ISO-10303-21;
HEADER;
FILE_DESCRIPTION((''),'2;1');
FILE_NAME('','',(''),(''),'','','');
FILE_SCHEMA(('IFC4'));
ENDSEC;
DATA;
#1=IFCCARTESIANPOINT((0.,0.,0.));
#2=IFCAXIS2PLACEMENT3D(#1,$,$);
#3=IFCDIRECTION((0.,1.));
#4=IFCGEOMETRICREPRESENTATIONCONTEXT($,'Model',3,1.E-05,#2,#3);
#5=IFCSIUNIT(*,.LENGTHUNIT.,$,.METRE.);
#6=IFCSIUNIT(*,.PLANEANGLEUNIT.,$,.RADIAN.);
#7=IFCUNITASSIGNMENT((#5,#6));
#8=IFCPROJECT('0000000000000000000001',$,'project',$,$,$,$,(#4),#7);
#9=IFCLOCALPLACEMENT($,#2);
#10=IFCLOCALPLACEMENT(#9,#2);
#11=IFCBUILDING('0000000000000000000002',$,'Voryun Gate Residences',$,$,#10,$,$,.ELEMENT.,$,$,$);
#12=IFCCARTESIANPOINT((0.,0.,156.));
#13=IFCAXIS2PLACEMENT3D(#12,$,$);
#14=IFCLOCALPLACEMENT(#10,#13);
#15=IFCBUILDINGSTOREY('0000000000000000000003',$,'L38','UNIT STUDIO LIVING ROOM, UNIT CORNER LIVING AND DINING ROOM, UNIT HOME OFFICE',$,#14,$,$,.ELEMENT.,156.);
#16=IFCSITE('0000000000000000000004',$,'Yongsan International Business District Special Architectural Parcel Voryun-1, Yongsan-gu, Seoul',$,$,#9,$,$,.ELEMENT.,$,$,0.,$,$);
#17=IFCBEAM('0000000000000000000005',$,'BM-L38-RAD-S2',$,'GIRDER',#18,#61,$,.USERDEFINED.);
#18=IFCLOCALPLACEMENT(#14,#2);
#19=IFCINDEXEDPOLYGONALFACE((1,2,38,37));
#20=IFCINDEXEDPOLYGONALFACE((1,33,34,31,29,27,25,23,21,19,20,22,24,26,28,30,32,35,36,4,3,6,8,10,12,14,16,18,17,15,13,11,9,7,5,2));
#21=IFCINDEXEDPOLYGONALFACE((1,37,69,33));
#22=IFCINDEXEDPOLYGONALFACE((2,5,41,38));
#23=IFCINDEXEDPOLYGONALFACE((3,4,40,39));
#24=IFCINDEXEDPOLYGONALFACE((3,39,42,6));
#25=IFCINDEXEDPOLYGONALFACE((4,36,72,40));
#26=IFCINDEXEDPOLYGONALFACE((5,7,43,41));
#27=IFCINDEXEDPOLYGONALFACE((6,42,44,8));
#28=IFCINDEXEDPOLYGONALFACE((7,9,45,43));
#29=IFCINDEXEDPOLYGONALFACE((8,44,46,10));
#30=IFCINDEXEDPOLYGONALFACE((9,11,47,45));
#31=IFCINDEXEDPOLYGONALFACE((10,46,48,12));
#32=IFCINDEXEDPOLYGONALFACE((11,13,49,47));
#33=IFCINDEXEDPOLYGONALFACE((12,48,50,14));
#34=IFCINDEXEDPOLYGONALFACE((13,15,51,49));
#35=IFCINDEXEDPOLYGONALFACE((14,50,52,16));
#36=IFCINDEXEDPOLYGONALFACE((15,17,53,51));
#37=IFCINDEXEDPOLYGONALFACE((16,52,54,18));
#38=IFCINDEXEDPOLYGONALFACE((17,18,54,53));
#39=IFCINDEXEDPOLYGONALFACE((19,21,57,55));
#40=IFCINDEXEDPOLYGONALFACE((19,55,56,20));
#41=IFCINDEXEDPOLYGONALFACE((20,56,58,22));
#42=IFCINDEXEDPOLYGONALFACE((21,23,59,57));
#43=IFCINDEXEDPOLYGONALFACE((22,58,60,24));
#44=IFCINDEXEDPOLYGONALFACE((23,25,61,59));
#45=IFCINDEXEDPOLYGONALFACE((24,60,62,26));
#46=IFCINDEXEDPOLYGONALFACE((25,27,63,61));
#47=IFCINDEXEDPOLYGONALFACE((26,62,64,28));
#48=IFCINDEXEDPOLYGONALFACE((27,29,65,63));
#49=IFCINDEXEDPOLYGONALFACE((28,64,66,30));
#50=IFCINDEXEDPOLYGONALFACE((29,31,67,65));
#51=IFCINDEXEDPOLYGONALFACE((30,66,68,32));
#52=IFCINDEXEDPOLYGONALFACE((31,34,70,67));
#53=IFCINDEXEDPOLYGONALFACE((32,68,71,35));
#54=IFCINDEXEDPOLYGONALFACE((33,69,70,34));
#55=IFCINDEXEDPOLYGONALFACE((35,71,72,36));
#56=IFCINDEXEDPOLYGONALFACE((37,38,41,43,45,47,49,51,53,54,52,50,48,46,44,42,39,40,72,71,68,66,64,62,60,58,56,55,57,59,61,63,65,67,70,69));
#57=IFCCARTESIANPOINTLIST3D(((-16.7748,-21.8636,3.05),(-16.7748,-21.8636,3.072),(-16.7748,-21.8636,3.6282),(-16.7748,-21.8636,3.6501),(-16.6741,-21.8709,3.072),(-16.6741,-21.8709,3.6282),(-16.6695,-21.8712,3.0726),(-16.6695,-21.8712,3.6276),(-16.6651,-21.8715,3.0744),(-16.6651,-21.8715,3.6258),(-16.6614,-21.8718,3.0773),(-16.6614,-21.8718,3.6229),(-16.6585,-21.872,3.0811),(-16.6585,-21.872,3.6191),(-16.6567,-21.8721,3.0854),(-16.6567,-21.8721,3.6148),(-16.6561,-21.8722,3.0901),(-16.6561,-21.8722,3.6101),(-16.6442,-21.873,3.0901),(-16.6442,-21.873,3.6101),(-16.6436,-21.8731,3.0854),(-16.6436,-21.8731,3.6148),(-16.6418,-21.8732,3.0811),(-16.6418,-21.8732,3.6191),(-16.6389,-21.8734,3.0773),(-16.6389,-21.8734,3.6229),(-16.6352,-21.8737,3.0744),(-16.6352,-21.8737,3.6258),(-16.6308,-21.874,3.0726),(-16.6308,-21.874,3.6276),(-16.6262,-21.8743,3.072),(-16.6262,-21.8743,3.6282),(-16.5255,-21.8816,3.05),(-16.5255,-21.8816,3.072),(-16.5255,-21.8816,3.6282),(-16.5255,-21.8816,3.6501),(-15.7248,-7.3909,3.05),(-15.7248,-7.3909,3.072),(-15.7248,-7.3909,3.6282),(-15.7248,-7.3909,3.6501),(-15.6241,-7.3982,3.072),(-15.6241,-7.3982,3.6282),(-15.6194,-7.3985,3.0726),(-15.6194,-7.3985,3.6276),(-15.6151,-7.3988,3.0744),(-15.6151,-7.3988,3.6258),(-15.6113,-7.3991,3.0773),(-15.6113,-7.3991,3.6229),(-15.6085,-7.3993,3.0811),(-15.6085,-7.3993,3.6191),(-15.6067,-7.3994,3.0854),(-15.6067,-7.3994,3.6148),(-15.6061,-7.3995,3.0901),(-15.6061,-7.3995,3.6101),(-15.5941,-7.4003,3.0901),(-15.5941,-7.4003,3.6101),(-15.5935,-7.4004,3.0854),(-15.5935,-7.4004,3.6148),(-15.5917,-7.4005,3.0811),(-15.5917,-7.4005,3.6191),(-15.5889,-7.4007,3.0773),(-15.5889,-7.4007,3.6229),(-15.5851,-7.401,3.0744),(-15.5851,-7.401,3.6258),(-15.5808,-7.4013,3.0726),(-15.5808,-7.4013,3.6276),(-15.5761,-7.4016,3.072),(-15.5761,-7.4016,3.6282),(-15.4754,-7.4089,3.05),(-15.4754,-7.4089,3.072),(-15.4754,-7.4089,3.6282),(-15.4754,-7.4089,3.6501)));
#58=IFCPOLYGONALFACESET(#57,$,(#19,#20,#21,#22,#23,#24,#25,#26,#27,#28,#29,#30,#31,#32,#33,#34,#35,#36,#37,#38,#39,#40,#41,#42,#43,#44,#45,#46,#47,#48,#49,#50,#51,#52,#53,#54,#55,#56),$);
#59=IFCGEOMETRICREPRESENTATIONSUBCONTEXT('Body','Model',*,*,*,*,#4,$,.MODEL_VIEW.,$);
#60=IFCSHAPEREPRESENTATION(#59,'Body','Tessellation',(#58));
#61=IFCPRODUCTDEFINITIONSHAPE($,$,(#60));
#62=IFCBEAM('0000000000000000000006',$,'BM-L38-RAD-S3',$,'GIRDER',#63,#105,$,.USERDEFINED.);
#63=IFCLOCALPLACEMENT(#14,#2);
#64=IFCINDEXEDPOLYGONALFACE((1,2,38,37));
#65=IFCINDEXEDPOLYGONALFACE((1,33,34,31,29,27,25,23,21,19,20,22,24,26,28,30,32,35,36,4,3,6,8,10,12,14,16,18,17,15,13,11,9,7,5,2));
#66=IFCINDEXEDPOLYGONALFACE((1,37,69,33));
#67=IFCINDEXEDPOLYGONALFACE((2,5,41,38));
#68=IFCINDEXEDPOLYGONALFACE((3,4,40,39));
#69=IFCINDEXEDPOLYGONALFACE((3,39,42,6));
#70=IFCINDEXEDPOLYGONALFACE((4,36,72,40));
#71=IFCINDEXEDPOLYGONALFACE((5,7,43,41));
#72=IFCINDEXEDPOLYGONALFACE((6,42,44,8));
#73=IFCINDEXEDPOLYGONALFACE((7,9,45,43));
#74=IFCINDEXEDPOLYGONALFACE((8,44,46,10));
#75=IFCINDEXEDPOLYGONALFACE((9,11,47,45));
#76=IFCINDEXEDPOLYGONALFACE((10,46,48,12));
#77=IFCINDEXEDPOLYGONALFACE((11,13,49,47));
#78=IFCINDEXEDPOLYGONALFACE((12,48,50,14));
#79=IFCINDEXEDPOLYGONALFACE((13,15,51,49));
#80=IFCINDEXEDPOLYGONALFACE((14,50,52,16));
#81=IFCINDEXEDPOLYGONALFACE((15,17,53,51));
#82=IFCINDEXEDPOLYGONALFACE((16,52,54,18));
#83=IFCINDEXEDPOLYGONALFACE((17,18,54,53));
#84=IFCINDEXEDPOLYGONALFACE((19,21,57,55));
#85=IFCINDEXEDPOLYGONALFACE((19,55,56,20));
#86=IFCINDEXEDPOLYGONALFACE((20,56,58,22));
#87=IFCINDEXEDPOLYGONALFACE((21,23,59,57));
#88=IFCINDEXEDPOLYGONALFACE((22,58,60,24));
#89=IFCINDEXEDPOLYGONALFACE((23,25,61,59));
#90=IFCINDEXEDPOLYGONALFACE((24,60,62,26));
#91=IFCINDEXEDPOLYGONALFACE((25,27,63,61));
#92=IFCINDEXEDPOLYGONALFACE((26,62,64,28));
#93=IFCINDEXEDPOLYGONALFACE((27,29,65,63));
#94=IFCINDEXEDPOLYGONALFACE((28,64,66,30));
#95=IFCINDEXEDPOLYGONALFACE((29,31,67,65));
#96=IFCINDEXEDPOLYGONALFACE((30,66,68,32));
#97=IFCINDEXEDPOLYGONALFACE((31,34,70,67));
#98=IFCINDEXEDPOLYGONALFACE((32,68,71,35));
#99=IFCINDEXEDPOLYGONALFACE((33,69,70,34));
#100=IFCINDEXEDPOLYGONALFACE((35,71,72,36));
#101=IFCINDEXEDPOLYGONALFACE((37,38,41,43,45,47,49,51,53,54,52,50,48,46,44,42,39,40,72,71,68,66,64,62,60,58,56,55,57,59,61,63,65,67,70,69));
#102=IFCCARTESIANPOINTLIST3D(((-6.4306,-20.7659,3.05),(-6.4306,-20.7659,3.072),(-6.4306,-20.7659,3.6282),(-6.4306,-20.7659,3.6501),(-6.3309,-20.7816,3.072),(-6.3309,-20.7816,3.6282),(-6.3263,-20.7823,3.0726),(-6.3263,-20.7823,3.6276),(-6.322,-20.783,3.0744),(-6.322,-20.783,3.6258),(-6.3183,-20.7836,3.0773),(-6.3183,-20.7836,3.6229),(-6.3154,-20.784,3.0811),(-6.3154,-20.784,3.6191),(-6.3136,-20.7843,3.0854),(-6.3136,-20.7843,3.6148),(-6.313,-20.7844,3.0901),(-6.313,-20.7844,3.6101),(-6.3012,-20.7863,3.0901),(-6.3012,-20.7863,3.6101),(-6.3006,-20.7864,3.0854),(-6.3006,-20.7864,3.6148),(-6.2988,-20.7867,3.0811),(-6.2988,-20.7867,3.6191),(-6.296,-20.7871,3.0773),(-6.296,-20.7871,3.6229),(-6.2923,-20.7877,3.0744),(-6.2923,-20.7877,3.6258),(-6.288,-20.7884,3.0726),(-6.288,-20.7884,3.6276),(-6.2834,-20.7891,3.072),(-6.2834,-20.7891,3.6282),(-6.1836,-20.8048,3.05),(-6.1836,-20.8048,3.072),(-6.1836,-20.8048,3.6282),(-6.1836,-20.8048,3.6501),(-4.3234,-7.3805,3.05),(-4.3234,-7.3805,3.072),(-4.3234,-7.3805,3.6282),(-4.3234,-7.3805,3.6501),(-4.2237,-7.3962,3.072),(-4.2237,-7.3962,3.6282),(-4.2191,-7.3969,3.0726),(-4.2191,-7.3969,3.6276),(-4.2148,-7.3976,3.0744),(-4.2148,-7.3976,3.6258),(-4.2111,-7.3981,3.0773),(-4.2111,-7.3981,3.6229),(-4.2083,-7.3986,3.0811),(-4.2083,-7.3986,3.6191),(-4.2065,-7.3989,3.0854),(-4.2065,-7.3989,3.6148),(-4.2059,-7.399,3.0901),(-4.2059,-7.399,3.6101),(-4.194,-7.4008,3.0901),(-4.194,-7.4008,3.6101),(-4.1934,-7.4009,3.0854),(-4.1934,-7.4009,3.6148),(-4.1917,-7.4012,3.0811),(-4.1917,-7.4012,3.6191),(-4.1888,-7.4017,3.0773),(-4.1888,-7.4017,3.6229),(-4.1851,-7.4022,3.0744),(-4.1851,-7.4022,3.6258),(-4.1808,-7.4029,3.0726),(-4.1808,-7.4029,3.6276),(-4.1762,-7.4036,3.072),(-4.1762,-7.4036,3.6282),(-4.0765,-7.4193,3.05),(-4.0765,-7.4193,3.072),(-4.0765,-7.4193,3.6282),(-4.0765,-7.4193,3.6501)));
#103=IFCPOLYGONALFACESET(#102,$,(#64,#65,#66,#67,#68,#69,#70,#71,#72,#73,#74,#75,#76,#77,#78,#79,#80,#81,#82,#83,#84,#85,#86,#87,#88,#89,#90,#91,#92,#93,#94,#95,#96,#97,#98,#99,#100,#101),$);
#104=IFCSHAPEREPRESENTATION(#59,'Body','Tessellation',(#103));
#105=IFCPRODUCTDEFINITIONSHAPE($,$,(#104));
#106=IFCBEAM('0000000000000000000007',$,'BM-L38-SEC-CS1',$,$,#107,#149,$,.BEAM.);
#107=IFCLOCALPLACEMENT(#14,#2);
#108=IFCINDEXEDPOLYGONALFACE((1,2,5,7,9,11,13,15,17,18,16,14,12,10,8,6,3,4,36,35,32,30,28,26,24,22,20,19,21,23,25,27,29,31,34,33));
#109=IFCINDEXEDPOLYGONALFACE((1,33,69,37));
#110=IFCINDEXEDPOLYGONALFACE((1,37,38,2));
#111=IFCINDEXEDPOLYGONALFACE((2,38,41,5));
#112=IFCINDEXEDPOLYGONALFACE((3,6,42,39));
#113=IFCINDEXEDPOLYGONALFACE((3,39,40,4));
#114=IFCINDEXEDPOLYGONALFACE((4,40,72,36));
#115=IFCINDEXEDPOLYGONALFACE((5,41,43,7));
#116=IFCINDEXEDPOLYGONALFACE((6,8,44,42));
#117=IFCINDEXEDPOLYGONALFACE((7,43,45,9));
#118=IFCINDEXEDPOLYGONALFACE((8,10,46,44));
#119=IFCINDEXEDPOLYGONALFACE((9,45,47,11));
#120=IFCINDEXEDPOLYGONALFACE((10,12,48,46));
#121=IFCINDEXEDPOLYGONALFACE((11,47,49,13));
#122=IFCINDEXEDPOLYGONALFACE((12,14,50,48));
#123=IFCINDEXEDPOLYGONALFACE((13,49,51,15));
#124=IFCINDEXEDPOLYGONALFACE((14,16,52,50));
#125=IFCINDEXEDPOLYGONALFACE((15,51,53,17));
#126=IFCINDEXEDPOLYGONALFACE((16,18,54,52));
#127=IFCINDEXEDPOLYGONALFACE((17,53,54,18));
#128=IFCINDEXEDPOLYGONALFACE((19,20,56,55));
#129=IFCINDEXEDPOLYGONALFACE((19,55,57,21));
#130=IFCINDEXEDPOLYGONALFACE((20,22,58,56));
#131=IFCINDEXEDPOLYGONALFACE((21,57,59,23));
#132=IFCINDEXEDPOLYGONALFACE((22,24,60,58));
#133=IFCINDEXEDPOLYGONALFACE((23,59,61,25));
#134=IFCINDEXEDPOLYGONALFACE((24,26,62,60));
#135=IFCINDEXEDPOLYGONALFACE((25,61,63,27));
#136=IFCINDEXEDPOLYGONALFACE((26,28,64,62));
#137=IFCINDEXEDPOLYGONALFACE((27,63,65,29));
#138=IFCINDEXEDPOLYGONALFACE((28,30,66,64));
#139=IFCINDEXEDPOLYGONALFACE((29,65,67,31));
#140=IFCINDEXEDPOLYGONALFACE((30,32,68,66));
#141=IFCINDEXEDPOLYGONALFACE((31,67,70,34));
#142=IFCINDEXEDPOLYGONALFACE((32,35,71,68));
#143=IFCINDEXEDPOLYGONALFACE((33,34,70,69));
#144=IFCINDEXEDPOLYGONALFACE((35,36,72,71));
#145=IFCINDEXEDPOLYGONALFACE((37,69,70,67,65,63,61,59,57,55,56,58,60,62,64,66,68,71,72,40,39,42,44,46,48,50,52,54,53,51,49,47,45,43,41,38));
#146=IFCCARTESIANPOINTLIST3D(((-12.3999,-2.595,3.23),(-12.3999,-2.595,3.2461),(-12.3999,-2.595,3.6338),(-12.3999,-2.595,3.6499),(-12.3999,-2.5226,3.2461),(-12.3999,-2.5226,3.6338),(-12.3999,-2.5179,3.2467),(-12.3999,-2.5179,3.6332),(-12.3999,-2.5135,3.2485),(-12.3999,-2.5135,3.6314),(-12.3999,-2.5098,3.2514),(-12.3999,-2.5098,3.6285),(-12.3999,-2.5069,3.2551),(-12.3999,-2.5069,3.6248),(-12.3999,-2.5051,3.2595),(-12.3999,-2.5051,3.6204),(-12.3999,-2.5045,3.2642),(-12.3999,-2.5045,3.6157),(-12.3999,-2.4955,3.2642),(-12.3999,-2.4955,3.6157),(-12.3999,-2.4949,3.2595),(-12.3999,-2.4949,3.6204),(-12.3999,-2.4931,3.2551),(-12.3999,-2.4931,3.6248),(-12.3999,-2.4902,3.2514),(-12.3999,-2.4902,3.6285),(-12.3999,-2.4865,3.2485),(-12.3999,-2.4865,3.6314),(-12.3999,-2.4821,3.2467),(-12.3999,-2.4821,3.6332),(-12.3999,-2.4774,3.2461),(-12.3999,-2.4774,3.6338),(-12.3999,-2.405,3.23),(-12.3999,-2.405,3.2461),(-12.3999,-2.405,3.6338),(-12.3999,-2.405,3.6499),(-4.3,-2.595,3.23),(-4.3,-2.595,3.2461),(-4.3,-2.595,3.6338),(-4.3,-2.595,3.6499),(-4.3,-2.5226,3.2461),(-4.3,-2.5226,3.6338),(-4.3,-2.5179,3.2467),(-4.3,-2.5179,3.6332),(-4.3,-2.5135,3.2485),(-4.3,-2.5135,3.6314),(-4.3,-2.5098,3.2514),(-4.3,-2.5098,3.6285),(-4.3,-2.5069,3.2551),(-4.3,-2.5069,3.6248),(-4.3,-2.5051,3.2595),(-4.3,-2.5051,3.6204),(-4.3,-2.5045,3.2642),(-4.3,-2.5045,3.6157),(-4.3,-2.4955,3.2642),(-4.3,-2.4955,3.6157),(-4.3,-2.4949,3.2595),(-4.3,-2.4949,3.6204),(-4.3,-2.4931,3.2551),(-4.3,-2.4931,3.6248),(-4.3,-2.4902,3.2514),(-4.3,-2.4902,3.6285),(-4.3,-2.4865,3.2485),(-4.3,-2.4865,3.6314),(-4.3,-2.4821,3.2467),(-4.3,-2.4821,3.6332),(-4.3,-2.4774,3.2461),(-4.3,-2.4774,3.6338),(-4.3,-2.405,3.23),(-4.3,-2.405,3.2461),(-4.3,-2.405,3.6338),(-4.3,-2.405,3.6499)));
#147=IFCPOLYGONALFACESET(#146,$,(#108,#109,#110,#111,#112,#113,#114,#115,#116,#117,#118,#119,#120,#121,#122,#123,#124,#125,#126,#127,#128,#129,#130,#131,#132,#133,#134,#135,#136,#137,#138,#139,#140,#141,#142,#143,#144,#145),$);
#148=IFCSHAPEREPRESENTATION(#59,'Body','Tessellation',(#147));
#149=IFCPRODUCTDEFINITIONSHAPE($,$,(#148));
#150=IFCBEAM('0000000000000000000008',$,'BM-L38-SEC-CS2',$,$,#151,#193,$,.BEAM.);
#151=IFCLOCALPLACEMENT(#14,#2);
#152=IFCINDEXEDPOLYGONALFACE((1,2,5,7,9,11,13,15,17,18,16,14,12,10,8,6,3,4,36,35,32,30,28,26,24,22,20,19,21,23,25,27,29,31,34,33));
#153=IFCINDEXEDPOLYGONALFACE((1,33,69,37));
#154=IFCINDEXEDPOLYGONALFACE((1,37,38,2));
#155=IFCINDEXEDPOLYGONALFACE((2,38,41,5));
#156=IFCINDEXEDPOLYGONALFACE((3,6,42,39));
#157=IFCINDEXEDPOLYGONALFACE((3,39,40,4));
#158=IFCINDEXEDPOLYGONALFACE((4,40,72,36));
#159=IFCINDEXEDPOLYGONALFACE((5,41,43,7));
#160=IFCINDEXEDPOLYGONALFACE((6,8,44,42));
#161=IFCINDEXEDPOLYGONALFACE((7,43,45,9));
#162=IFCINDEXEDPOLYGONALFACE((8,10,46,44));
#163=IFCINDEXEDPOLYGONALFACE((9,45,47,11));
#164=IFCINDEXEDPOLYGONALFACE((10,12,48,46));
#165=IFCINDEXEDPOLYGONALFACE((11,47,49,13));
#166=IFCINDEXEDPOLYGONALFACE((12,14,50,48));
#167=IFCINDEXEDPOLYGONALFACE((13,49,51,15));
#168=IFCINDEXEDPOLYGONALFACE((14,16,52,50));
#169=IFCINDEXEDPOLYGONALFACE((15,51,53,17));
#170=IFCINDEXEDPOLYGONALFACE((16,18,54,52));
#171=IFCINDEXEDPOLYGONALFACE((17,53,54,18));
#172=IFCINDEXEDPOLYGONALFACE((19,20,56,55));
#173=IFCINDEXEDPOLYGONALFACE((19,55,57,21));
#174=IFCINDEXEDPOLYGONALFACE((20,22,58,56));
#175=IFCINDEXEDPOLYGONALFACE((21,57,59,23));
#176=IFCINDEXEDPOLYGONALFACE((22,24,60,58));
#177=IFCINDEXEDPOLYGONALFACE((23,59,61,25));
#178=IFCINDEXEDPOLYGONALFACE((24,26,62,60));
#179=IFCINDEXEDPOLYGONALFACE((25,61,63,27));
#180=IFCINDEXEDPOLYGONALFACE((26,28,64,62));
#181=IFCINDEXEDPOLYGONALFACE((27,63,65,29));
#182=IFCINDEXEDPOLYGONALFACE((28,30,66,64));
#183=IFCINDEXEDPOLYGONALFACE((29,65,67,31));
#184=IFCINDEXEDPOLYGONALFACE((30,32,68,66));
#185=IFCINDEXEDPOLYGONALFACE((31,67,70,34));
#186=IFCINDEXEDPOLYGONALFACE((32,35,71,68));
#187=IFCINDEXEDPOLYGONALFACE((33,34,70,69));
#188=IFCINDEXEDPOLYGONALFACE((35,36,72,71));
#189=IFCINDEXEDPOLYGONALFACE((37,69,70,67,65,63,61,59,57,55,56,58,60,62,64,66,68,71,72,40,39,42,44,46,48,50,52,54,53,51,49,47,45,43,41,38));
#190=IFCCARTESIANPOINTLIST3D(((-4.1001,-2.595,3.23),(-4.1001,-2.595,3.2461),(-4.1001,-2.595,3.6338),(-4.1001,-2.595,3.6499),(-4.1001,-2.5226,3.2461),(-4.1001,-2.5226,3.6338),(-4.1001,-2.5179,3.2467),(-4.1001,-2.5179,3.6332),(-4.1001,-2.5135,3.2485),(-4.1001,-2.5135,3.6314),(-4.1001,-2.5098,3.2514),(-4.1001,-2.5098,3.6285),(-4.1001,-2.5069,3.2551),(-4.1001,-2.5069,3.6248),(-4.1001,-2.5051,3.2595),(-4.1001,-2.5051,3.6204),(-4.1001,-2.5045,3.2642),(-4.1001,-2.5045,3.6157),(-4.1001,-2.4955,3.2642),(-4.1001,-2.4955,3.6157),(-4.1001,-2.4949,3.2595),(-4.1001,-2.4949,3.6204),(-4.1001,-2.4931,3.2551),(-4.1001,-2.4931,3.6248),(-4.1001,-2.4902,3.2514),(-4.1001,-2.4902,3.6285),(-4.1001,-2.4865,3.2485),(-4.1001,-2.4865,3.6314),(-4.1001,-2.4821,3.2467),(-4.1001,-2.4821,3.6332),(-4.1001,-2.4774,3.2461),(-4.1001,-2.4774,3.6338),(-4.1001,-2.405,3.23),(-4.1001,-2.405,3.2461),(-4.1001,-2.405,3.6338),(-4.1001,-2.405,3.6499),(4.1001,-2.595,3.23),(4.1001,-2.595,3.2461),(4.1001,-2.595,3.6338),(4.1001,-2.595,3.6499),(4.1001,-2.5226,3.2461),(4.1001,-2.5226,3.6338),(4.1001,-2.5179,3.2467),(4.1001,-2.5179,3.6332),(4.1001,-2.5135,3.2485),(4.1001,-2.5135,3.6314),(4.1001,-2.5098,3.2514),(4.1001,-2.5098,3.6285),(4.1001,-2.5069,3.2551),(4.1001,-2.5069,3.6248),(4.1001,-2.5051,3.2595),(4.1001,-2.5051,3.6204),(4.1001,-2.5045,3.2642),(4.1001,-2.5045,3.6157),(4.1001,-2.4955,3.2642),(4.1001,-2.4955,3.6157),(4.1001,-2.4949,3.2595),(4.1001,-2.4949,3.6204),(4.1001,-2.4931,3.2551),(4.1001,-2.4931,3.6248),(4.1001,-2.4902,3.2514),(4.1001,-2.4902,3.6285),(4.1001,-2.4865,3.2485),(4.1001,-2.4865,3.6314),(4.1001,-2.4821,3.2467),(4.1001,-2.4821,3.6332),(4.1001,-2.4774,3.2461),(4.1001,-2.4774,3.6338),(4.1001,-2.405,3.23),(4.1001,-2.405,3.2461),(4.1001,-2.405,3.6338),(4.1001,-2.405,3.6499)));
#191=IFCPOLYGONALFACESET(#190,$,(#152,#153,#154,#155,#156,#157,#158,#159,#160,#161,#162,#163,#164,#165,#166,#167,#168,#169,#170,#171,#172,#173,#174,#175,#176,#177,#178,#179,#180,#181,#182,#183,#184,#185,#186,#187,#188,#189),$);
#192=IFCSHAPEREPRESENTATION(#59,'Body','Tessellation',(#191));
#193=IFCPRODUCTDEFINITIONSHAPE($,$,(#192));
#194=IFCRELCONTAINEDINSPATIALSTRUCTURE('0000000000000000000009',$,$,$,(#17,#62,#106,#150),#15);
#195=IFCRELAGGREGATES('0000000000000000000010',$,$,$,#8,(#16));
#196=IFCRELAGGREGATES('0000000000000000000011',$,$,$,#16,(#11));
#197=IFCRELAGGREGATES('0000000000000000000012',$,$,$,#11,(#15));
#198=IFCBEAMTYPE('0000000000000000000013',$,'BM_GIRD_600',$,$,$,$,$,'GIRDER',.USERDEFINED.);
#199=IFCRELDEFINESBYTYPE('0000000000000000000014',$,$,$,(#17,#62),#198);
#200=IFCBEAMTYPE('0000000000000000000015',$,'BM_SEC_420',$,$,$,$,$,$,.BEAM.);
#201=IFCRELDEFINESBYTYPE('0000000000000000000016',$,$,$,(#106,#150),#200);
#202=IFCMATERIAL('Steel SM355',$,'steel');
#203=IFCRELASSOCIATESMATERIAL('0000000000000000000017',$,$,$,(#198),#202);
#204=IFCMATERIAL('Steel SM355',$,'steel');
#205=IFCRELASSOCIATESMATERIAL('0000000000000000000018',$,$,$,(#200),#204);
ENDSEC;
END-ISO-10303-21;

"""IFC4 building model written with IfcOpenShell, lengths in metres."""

from ifc_helpers import new_model, si_unit, direction, frame, origin, origin_2d, place, context, subcontext, project, spatial, i_section, extrude, material, material_profile, profile_set, type_object, element, save


model = new_model("IFC4")

# Units and contexts
model_context = context("Model", 3, precision=1e-05, world=origin(), true_north=direction((0.0, 1.0)))
body_context = subcontext(model_context, "Body", "Model", "MODEL_VIEW")
ifc_project = project(units=[si_unit("LENGTHUNIT", "METRE"), si_unit("PLANEANGLEUNIT", "RADIAN")], contexts=[model_context])

# Site, building, storey
site_placement = place(None, origin())
site = spatial("IfcSite", under=ifc_project, at=site_placement, Name="Yongsan International Business District Special Architectural Parcel Voryun-1, Yongsan-gu, Seoul", CompositionType="ELEMENT", RefElevation=0.0)
building_placement = place(site_placement, origin())
building = spatial("IfcBuilding", under=site, at=building_placement, Name="Voryun Gate Residences", CompositionType="ELEMENT")
storey_placement = place(building_placement, frame((0.0, 0.0, 156.0)))
storey = spatial("IfcBuildingStorey", under=building, at=storey_placement, Name="L38", Description="UNIT STUDIO LIVING ROOM, UNIT CORNER LIVING AND DINING ROOM, UNIT HOME OFFICE", CompositionType="ELEMENT", Elevation=156.0)

# Beams
ifc_material_1 = material(Name="Steel SM355", Category="steel")
ifc_material_profile_1 = material_profile(ifc_material_1, i_section(OverallWidth=0.25, OverallDepth=0.6001, WebThickness=0.012, FlangeThickness=0.022, FilletRadius=0.0181, at=origin_2d()), Name="H-600x250x12x22")
ifc_profile_set_1 = profile_set([ifc_material_profile_1], Name="Steel SM355")
beam_type_1 = type_object("IfcBeamType", Name="BM_GIRD_600", ElementType="GIRDER", PredefinedType="USERDEFINED", material=ifc_profile_set_1)
beam_1_placement = place(storey_placement, frame((-15.6001, -7.3999, 3.3501), z_axis=(-0.072364, -0.997378, 0.0), x_axis=(0.997378, -0.072364, 0.0)))
element("IfcBeam", 1, at=beam_1_placement, inside=storey, type_object=beam_type_1, Name="BM-L38-RAD-S2", ObjectType="GIRDER", PredefinedType="USERDEFINED", context=body_context, shape_type="SweptSolid", body=[
    extrude(i_section(OverallWidth=0.25, OverallDepth=0.6001, WebThickness=0.012, FlangeThickness=0.022, FilletRadius=0.0181, at=origin_2d()), origin(), (0.0, 0.0, 1.0), 14.5107),
])
beam_2_placement = place(storey_placement, frame((-4.2, -7.3999, 3.3501), z_axis=(-0.155507, -0.987835, 0.0), x_axis=(0.987835, -0.155507, 0.0)))
element("IfcBeam", 2, at=beam_2_placement, inside=storey, type_object=beam_type_1, Name="BM-L38-RAD-S3", ObjectType="GIRDER", PredefinedType="USERDEFINED", context=body_context, shape_type="SweptSolid", body=[
    extrude(i_section(OverallWidth=0.25, OverallDepth=0.6001, WebThickness=0.012, FlangeThickness=0.022, FilletRadius=0.0181, at=origin_2d()), origin(), (0.0, 0.0, 1.0), 13.5503),
])
ifc_material_2 = material(Name="Steel SM355", Category="steel")
ifc_material_profile_2 = material_profile(ifc_material_2, i_section(OverallWidth=0.1899, OverallDepth=0.4199, WebThickness=0.009, FlangeThickness=0.0161, FilletRadius=0.0181, at=origin_2d()), Name="H-420x190x9x16")
ifc_profile_set_2 = profile_set([ifc_material_profile_2], Name="Steel SM355")
beam_type_2 = type_object("IfcBeamType", Name="BM_SEC_420", PredefinedType="BEAM", material=ifc_profile_set_2)
beam_3_placement = place(storey_placement, frame((-12.3999, -2.5, 3.4399), z_axis=(1.0, 0.0, 0.0), x_axis=(0.0, 1.0, 0.0)))
element("IfcBeam", 3, at=beam_3_placement, inside=storey, type_object=beam_type_2, Name="BM-L38-SEC-CS1", PredefinedType="BEAM", context=body_context, shape_type="SweptSolid", body=[
    extrude(i_section(OverallWidth=0.1899, OverallDepth=0.4199, WebThickness=0.009, FlangeThickness=0.0161, FilletRadius=0.0181, at=origin_2d()), origin(), (0.0, 0.0, 1.0), 8.0999),
])
beam_4_placement = place(storey_placement, frame((-4.1001, -2.5, 3.4399), z_axis=(1.0, 0.0, 0.0), x_axis=(0.0, 1.0, 0.0)))
element("IfcBeam", 4, at=beam_4_placement, inside=storey, type_object=beam_type_2, Name="BM-L38-SEC-CS2", PredefinedType="BEAM", context=body_context, shape_type="SweptSolid", body=[
    extrude(i_section(OverallWidth=0.1899, OverallDepth=0.4199, WebThickness=0.009, FlangeThickness=0.0161, FilletRadius=0.0181, at=origin_2d()), origin(), (0.0, 0.0, 1.0), 8.2002),
])

save(model, "model.ifc")
